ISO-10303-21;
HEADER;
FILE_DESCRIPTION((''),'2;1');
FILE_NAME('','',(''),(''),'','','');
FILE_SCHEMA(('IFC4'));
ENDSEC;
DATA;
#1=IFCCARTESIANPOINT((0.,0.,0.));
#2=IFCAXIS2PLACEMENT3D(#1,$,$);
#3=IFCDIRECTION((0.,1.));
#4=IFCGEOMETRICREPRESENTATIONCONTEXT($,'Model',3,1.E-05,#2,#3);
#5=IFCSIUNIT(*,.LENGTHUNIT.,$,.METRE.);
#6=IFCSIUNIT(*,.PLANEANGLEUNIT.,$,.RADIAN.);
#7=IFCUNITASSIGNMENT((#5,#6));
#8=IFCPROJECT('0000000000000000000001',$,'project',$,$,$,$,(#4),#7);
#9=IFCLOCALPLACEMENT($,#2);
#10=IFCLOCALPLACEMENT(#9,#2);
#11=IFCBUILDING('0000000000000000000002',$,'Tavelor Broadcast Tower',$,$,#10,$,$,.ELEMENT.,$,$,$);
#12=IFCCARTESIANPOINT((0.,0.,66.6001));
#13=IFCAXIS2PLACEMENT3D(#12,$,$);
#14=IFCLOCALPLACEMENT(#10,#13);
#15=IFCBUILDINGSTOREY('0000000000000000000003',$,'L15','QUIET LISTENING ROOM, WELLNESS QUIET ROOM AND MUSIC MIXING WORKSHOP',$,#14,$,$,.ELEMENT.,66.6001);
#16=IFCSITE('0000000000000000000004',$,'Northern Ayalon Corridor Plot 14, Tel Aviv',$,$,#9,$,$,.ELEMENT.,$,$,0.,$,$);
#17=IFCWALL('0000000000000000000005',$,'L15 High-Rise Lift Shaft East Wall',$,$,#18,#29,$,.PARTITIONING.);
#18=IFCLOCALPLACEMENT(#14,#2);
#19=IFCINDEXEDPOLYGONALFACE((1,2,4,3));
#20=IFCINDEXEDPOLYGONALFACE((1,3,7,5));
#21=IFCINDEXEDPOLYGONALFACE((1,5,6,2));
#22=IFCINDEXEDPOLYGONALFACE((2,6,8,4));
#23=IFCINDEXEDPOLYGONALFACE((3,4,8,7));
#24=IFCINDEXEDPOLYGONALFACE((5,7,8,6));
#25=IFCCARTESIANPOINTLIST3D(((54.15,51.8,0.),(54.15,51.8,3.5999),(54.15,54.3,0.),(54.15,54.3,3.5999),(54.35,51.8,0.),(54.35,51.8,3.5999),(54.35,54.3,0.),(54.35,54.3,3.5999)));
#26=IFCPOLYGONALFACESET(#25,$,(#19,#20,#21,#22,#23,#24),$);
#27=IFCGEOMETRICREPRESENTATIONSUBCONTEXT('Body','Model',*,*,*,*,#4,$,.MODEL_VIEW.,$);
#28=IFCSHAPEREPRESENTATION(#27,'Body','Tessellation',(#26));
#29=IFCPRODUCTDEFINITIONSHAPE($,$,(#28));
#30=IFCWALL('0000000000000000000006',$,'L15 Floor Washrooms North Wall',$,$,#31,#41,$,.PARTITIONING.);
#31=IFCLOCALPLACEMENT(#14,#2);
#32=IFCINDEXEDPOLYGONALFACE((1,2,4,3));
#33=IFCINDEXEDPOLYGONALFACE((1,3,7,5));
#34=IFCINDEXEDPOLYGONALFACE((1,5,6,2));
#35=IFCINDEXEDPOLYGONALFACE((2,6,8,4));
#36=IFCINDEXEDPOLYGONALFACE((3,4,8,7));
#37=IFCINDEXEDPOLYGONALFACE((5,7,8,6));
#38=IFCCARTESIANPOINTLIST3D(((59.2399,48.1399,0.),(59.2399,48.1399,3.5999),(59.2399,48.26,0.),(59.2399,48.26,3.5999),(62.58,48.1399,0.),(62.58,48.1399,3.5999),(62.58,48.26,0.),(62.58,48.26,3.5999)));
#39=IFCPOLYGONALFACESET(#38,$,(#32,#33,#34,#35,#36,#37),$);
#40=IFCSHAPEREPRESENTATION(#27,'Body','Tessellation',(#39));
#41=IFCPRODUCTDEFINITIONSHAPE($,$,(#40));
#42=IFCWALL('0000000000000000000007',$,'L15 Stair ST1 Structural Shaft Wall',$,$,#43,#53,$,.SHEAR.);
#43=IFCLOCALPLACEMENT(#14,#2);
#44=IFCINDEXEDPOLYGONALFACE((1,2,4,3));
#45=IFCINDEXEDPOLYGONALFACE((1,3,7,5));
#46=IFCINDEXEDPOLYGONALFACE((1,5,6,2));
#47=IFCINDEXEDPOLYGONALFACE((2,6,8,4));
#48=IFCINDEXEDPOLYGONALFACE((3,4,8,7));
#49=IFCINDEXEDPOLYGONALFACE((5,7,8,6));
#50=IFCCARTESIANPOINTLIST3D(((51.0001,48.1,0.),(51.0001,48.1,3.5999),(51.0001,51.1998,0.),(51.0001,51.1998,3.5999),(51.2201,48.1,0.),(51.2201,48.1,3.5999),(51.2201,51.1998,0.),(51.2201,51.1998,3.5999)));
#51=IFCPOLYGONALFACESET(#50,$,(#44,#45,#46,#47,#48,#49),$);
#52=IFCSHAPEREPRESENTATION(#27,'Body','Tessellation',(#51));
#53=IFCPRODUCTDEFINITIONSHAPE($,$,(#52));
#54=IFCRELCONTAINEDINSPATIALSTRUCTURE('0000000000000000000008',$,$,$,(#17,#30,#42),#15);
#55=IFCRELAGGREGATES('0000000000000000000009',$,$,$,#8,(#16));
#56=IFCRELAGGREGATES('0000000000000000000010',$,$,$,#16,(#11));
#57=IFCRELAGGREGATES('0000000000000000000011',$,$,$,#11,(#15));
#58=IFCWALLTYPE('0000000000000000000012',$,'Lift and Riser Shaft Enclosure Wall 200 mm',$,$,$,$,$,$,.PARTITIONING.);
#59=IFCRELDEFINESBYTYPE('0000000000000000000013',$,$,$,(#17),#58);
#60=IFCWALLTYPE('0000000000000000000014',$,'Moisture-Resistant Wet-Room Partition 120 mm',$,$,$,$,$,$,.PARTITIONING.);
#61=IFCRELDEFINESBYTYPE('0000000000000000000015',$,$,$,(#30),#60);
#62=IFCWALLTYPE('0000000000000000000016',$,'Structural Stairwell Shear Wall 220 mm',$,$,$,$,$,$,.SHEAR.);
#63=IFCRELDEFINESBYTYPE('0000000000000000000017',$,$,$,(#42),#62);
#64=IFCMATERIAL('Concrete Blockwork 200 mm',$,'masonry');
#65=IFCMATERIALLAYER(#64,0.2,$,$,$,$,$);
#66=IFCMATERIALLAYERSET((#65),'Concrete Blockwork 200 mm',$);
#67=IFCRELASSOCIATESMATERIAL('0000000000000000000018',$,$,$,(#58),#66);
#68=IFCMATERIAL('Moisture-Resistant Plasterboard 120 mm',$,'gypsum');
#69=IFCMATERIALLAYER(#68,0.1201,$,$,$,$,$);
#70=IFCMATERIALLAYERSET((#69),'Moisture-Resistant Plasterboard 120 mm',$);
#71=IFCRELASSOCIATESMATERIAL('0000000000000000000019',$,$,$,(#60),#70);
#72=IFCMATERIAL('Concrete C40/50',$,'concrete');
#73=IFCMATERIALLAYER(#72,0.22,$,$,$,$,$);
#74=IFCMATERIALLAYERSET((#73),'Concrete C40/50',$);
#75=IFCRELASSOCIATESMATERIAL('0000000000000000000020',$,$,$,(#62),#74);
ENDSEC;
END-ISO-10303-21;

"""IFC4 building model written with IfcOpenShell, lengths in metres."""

from ifc_helpers import new_model, si_unit, direction, frame, frame_2d, origin, place, context, subcontext, project, spatial, rectangle, extrude, material, layer, layer_set, type_object, element, save


model = new_model("IFC4")

# Units and contexts
model_context = context("Model", 3, precision=1e-05, world=origin(), true_north=direction((0.0, 1.0)))
body_context = subcontext(model_context, "Body", "Model", "MODEL_VIEW")
ifc_project = project(units=[si_unit("LENGTHUNIT", "METRE"), si_unit("PLANEANGLEUNIT", "RADIAN")], contexts=[model_context])

# Site, building, storey
site_placement = place(None, origin())
site = spatial("IfcSite", under=ifc_project, at=site_placement, Name="Northern Ayalon Corridor Plot 14, Tel Aviv", CompositionType="ELEMENT", RefElevation=0.0)
building_placement = place(site_placement, origin())
building = spatial("IfcBuilding", under=site, at=building_placement, Name="Tavelor Broadcast Tower", CompositionType="ELEMENT")
storey_placement = place(building_placement, frame((0.0, 0.0, 66.6001)))
storey = spatial("IfcBuildingStorey", under=building, at=storey_placement, Name="L15", Description="QUIET LISTENING ROOM, WELLNESS QUIET ROOM AND MUSIC MIXING WORKSHOP", CompositionType="ELEMENT", Elevation=66.6001)

# Shared definitions
ifc_material_1 = material(Name="Concrete C40/50", Category="concrete")

# Walls
ifc_material_2 = material(Name="Concrete Blockwork 200 mm", Category="masonry")
ifc_layer_1 = layer(ifc_material_2, 0.2)
ifc_layer_set_1 = layer_set([ifc_layer_1], Name="Concrete Blockwork 200 mm")
wall_type_1 = type_object("IfcWallType", Name="Lift and Riser Shaft Enclosure Wall 200 mm", PredefinedType="PARTITIONING", material=ifc_layer_set_1)
wall_1_placement = place(storey_placement, frame((54.25, 51.8, 0.0), z_axis=(0.0, 0.0, 1.0), x_axis=(0.0, 1.0, 0.0)))
element("IfcWall", 1, at=wall_1_placement, inside=storey, type_object=wall_type_1, Name="L15 High-Rise Lift Shaft East Wall", PredefinedType="PARTITIONING", context=body_context, shape_type="SweptSolid", body=[
    extrude(rectangle(XDim=2.5, YDim=0.2, at=frame_2d((1.25, 0.0))), origin(), (0.0, 0.0, 1.0), 3.5999),
])
ifc_material_3 = material(Name="Moisture-Resistant Plasterboard 120 mm", Category="gypsum")
ifc_layer_2 = layer(ifc_material_3, 0.1201)
ifc_layer_set_2 = layer_set([ifc_layer_2], Name="Moisture-Resistant Plasterboard 120 mm")
wall_type_2 = type_object("IfcWallType", Name="Moisture-Resistant Wet-Room Partition 120 mm", PredefinedType="PARTITIONING", material=ifc_layer_set_2)
wall_2_placement = place(storey_placement, frame((59.24, 48.2, 0.0), z_axis=(0.0, 0.0, 1.0), x_axis=(1.0, 0.0, 0.0)))
element("IfcWall", 2, at=wall_2_placement, inside=storey, type_object=wall_type_2, Name="L15 Floor Washrooms North Wall", PredefinedType="PARTITIONING", context=body_context, shape_type="SweptSolid", body=[
    extrude(rectangle(XDim=3.3401, YDim=0.1201, at=frame_2d((1.6699, 0.0))), origin(), (0.0, 0.0, 1.0), 3.5999),
])
ifc_layer_3 = layer(ifc_material_1, 0.22)
ifc_layer_set_3 = layer_set([ifc_layer_3], Name="Concrete C40/50")
wall_type_3 = type_object("IfcWallType", Name="Structural Stairwell Shear Wall 220 mm", PredefinedType="SHEAR", material=ifc_layer_set_3)
wall_3_placement = place(storey_placement, frame((51.1101, 48.1001, 0.0), z_axis=(0.0, 0.0, 1.0), x_axis=(0.0, 1.0, 0.0)))
element("IfcWall", 3, at=wall_3_placement, inside=storey, type_object=wall_type_3, Name="L15 Stair ST1 Structural Shaft Wall", PredefinedType="SHEAR", context=body_context, shape_type="SweptSolid", body=[
    extrude(rectangle(XDim=3.0999, YDim=0.22, at=frame_2d((1.5498, 0.0))), origin(), (0.0, 0.0, 1.0), 3.5999),
])

save(model, "model.ifc")
